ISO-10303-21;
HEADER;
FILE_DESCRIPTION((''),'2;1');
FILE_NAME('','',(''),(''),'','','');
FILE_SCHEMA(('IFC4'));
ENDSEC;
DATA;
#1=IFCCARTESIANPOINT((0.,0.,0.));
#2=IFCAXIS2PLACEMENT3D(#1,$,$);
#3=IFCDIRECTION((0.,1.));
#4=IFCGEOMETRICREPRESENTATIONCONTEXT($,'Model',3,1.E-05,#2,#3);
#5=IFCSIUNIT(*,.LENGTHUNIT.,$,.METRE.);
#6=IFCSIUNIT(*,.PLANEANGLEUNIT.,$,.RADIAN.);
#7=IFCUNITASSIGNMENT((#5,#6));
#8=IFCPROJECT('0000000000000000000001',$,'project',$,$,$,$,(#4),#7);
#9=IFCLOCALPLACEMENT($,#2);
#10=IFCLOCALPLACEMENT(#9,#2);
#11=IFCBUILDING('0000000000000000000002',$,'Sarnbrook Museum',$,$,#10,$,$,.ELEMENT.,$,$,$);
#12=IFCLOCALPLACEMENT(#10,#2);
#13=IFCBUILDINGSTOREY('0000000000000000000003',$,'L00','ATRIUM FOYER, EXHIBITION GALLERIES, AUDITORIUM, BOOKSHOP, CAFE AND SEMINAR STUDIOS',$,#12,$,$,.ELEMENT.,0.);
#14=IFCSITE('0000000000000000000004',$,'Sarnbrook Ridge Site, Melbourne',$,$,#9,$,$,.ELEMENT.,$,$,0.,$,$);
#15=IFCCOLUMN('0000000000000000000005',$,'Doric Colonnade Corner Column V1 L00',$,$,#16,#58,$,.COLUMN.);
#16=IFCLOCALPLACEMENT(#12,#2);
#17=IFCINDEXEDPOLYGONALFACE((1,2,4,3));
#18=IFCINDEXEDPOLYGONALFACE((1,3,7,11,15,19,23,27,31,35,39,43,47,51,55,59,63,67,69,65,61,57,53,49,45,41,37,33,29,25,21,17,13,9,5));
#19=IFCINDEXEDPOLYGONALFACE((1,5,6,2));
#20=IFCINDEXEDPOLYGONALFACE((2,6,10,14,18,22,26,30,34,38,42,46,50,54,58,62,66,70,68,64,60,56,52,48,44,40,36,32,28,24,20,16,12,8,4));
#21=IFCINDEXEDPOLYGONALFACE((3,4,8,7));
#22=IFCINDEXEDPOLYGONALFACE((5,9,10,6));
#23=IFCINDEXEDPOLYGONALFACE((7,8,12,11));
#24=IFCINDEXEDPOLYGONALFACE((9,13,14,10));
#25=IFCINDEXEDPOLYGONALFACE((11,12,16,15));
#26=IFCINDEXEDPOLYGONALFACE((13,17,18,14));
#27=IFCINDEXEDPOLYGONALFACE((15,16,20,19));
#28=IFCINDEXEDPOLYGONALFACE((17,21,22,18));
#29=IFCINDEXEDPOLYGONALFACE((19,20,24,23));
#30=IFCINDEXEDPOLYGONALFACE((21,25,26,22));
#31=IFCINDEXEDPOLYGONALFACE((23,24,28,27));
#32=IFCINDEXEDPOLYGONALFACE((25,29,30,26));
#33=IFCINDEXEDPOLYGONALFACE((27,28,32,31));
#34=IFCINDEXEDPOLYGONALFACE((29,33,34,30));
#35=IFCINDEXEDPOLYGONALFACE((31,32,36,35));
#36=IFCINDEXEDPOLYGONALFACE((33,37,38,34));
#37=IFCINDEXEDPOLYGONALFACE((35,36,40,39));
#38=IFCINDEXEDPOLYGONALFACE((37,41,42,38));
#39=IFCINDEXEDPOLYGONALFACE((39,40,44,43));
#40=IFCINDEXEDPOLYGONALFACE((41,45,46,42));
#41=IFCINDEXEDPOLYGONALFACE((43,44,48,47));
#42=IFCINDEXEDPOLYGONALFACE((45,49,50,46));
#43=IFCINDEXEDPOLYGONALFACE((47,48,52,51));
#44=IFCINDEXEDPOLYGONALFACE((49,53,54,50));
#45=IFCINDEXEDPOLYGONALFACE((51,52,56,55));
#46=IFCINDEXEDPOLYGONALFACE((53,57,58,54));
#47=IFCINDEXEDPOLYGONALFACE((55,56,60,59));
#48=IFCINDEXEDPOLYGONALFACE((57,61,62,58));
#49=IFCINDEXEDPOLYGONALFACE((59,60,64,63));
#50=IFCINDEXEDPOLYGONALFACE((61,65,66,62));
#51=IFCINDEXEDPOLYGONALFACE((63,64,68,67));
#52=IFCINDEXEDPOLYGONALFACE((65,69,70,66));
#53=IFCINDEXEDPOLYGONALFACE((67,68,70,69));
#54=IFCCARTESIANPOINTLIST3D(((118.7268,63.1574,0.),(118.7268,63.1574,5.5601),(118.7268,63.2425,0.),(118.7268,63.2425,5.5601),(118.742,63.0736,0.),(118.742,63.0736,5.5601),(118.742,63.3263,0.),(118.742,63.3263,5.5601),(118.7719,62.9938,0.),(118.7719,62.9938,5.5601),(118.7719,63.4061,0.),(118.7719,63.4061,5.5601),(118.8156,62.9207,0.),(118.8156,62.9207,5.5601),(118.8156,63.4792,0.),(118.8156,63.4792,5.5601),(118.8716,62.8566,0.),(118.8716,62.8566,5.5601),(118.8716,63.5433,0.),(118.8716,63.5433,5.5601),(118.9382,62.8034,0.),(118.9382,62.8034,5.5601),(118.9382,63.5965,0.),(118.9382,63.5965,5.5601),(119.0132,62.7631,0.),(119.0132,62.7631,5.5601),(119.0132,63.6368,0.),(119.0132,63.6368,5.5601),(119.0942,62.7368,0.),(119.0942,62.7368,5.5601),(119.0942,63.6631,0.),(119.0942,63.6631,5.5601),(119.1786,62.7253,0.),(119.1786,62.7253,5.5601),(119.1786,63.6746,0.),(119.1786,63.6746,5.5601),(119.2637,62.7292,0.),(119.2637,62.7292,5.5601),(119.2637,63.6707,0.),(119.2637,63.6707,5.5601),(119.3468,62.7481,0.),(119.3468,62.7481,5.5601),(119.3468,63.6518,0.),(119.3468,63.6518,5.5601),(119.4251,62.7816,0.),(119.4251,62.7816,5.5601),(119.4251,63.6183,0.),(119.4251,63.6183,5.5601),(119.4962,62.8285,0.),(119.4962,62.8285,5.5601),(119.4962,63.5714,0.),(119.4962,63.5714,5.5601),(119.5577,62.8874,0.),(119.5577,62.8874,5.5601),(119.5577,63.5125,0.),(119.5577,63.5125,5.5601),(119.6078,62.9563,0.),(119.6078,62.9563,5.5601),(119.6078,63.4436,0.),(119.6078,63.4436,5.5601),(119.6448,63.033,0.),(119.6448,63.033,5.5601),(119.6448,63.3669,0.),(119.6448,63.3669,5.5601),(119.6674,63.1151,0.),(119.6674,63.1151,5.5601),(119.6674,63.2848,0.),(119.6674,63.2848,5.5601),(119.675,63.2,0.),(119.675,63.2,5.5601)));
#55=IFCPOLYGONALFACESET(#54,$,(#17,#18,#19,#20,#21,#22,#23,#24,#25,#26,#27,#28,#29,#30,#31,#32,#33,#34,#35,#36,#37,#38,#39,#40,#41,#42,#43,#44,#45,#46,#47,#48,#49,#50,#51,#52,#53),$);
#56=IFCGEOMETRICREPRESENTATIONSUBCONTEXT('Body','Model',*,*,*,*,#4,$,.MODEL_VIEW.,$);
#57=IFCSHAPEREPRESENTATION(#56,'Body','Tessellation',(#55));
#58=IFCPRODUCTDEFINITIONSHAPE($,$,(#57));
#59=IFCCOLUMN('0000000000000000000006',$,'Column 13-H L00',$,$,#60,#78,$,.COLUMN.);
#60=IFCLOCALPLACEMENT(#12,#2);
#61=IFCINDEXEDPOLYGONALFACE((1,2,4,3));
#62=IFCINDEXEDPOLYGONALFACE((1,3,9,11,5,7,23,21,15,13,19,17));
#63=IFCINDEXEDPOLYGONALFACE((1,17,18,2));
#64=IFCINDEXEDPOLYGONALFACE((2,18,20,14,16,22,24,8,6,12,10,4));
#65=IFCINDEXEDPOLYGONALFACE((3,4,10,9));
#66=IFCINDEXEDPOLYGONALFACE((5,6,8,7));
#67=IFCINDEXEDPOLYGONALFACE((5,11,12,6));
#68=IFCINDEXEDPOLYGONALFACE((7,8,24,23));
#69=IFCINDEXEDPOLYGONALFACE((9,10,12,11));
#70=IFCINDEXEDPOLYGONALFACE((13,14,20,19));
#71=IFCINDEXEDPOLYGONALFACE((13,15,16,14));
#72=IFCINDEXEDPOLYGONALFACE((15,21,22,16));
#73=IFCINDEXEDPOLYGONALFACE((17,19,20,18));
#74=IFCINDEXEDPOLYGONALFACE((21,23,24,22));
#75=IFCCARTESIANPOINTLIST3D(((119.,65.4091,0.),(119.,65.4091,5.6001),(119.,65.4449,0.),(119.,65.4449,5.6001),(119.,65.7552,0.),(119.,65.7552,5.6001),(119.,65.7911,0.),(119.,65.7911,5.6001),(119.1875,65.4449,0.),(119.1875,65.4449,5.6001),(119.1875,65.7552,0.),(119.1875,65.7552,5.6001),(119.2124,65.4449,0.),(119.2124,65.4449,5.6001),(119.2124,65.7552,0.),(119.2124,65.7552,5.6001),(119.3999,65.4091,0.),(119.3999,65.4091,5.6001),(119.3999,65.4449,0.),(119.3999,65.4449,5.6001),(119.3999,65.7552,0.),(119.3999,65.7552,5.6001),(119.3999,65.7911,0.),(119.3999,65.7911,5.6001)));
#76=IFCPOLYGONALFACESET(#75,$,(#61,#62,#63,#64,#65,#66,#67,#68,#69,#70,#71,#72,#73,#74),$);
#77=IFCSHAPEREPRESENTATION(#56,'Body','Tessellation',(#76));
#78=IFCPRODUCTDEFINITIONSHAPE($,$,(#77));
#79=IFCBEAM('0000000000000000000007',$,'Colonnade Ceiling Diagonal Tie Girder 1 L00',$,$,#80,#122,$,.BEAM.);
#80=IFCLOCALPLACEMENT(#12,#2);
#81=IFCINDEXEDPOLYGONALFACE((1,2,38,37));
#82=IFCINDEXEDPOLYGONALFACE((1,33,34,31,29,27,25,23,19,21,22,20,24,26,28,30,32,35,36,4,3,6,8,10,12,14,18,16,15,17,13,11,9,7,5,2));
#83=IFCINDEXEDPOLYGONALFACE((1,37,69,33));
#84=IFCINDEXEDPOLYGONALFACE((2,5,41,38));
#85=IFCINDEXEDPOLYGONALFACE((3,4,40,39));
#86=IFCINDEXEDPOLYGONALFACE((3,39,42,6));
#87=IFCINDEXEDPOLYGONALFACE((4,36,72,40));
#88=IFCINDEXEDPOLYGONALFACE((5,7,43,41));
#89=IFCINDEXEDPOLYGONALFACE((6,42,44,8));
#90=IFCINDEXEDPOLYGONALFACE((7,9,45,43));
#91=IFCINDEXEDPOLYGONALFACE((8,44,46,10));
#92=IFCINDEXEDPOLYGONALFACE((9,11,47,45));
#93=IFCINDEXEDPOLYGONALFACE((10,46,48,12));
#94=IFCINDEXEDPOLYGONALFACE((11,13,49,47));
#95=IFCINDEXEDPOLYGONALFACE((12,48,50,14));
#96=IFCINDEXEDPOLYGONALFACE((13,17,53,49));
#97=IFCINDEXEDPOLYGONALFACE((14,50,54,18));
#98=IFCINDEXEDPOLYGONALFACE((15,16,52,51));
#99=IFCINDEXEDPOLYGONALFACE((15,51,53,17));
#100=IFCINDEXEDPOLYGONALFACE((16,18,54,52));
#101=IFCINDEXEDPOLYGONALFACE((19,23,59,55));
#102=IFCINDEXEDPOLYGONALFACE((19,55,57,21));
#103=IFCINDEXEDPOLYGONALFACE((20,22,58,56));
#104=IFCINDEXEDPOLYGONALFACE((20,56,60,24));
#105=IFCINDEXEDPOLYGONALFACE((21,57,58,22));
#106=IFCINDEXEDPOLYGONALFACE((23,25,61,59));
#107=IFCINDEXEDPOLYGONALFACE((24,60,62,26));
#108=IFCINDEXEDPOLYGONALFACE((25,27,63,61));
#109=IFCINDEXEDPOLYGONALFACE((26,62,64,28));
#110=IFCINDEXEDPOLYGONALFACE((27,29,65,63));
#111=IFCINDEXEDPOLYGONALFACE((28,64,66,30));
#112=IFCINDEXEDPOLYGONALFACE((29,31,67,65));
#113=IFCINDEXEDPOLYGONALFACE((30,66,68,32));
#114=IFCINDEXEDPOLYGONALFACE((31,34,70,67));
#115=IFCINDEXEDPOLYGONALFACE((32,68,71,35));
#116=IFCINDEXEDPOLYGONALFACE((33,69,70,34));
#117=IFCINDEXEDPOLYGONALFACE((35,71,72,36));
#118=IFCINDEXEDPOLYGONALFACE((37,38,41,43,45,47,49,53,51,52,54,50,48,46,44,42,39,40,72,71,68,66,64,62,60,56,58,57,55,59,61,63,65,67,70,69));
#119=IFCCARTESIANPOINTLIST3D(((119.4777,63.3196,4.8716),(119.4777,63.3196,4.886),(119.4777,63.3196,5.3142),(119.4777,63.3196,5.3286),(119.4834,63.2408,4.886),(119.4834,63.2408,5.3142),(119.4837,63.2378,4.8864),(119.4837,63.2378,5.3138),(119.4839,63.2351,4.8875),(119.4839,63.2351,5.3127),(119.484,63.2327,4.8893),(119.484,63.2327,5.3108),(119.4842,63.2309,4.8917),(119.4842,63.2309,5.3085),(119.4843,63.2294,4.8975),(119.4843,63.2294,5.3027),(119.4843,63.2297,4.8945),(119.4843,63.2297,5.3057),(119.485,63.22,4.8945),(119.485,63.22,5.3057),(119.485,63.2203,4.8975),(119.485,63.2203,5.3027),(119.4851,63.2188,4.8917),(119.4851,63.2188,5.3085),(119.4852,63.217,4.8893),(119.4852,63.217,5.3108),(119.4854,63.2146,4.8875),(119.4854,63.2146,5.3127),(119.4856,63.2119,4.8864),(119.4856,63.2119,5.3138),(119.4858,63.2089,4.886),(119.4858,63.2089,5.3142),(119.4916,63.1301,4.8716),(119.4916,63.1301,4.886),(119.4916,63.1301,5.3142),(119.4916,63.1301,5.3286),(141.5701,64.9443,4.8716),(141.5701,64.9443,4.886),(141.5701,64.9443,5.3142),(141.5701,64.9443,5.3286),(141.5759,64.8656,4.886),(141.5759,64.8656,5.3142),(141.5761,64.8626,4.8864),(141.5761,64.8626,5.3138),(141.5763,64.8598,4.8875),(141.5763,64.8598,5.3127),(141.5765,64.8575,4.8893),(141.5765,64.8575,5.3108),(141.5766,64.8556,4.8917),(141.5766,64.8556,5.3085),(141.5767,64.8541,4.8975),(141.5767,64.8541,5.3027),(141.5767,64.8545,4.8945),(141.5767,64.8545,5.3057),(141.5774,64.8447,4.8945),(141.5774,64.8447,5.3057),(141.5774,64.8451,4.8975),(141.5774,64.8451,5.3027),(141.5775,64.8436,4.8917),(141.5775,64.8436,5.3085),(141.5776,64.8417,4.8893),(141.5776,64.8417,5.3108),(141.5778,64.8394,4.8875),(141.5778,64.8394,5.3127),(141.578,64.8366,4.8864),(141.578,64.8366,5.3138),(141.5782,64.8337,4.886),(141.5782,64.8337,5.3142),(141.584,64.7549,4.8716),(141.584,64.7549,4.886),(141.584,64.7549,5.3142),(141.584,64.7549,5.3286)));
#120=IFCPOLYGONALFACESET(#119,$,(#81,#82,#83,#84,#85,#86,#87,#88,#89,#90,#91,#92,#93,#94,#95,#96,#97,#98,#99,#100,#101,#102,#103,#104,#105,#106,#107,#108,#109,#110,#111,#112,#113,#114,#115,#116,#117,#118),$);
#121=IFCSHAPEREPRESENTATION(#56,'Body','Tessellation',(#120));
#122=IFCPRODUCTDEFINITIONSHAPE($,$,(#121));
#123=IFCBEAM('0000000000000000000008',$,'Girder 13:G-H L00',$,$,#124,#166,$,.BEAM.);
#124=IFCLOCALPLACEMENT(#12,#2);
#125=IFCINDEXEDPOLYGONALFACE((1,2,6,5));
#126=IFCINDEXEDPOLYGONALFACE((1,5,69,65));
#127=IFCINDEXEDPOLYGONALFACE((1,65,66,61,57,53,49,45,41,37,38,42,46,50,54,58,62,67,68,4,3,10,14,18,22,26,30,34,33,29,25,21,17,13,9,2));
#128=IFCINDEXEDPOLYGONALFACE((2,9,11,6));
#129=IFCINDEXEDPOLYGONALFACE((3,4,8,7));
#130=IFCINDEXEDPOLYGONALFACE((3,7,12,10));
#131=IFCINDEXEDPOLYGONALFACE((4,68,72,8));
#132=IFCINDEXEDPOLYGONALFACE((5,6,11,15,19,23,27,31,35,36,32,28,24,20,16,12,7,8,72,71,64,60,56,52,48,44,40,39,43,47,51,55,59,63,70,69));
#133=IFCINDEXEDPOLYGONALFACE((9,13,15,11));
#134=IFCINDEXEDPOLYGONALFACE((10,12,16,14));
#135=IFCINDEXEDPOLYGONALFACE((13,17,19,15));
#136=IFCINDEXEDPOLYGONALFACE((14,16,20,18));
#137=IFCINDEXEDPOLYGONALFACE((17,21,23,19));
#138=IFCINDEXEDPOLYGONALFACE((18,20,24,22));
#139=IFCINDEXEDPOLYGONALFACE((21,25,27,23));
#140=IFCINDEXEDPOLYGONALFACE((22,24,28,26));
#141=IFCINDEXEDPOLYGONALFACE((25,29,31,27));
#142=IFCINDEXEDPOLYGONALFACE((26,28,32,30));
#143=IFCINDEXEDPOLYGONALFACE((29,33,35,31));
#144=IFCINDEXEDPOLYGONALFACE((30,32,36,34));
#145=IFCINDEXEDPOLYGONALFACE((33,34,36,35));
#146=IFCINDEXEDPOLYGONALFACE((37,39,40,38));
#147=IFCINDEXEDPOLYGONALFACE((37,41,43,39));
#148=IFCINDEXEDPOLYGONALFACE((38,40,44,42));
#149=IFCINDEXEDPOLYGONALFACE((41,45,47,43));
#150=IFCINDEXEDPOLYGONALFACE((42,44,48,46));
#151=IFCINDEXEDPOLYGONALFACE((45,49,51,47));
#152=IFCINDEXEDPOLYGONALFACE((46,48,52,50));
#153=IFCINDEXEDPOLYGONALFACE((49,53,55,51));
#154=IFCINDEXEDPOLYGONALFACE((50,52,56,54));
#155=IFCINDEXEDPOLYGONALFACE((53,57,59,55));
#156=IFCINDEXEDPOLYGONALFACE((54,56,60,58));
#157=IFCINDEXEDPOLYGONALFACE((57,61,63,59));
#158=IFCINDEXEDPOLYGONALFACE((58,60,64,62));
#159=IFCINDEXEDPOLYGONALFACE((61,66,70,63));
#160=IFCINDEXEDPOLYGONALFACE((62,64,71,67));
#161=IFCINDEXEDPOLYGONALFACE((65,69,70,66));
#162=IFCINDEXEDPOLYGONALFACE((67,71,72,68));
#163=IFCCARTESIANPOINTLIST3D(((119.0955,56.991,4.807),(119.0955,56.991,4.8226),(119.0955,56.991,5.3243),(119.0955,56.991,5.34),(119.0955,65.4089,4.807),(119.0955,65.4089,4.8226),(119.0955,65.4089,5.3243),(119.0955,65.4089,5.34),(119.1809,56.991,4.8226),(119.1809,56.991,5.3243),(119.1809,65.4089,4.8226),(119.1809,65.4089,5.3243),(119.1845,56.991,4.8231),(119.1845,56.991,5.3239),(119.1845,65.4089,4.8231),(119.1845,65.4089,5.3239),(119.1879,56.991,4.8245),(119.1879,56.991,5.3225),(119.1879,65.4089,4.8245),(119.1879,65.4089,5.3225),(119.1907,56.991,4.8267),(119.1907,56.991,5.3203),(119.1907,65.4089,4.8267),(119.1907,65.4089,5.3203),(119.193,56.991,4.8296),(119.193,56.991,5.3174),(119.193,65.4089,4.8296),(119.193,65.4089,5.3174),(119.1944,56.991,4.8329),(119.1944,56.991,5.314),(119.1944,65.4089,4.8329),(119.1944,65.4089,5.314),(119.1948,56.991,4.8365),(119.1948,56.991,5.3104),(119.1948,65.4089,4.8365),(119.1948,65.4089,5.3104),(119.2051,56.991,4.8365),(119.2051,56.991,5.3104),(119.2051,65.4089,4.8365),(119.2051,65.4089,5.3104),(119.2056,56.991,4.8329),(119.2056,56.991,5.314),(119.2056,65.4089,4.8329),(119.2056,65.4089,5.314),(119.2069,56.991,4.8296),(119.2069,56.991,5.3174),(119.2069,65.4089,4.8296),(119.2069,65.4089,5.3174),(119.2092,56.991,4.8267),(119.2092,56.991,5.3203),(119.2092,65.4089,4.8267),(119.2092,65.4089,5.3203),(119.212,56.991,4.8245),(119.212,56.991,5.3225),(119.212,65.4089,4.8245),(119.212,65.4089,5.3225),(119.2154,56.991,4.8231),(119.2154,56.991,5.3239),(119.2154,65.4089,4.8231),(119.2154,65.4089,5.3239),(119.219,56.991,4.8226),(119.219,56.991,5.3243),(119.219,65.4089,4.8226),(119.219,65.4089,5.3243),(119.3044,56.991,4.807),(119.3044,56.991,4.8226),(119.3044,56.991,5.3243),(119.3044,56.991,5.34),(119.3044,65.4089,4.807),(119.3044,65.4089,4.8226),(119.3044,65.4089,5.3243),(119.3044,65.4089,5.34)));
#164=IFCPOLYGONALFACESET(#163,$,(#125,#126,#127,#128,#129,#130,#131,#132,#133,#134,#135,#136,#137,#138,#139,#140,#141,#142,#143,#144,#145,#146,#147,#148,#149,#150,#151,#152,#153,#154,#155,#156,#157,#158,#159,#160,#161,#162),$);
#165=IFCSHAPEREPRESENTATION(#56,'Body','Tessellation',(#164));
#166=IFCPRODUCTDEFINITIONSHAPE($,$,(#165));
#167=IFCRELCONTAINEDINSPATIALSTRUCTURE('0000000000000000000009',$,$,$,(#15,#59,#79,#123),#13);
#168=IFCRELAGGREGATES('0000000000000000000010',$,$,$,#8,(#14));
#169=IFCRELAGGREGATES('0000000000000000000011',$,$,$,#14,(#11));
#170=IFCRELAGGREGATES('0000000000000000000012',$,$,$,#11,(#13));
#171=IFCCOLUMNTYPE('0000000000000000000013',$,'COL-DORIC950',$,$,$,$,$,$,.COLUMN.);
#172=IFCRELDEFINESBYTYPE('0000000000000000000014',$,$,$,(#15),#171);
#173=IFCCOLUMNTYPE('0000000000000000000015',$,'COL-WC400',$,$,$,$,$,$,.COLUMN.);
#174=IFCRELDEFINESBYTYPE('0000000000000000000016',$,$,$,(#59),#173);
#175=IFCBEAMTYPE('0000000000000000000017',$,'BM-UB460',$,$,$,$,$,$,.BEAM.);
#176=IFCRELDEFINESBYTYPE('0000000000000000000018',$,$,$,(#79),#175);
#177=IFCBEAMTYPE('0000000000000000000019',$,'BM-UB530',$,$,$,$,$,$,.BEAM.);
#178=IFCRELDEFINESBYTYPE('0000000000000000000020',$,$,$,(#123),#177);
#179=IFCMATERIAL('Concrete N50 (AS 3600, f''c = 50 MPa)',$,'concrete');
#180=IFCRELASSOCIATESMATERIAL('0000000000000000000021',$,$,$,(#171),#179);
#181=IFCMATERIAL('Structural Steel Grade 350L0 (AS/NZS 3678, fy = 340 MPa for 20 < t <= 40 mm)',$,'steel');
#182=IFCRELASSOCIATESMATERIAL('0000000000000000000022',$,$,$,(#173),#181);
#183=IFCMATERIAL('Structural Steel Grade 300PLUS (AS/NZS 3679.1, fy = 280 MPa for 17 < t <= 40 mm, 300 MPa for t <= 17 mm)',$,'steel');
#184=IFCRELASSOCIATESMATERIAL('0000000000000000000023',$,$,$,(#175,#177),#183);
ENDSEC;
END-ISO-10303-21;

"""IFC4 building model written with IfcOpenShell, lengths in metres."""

from ifc_helpers import new_model, si_unit, direction, frame, origin, origin_2d, place, context, subcontext, project, spatial, circle, i_section, extrude, material, material_profile, profile_set, type_object, element, save


model = new_model("IFC4")

# Units and contexts
model_context = context("Model", 3, precision=1e-05, world=origin(), true_north=direction((0.0, 1.0)))
body_context = subcontext(model_context, "Body", "Model", "MODEL_VIEW")
ifc_project = project(units=[si_unit("LENGTHUNIT", "METRE"), si_unit("PLANEANGLEUNIT", "RADIAN")], contexts=[model_context])

# Site, building, storey
site_placement = place(None, origin())
site = spatial("IfcSite", under=ifc_project, at=site_placement, Name="Sarnbrook Ridge Site, Melbourne", CompositionType="ELEMENT", RefElevation=0.0)
building_placement = place(site_placement, origin())
building = spatial("IfcBuilding", under=site, at=building_placement, Name="Sarnbrook Museum", CompositionType="ELEMENT")
storey_placement = place(building_placement, origin())
storey = spatial("IfcBuildingStorey", under=building, at=storey_placement, Name="L00", Description="ATRIUM FOYER, EXHIBITION GALLERIES, AUDITORIUM, BOOKSHOP, CAFE AND SEMINAR STUDIOS", CompositionType="ELEMENT", Elevation=0.0)

# Columns
ifc_material_1 = material(Name="Concrete N50 (AS 3600, f'c = 50 MPa)", Category="concrete")
ifc_material_profile_1 = material_profile(ifc_material_1, circle(Radius=0.4751, at=origin_2d()), Name="DORIC D950")
ifc_profile_set_1 = profile_set([ifc_material_profile_1], Name="Concrete N50 (AS 3600, f'c = 50 MPa)")
column_type_1 = type_object("IfcColumnType", Name="COL-DORIC950", PredefinedType="COLUMN", material=ifc_profile_set_1)
column_1_placement = place(storey_placement, frame((119.2, 63.2, 0.0), z_axis=(0.0, 0.0, 1.0), x_axis=(1.0, 0.0, 0.0)))
element("IfcColumn", 1, at=column_1_placement, inside=storey, type_object=column_type_1, Name="Doric Colonnade Corner Column V1 L00", PredefinedType="COLUMN", context=body_context, shape_type="SweptSolid", body=[
    extrude(circle(Radius=0.4751, at=origin_2d()), origin(), (0.0, 0.0, 1.0), 5.5601),
])
ifc_material_2 = material(Name="Structural Steel Grade 350L0 (AS/NZS 3678, fy = 340 MPa for 20 < t <= 40 mm)", Category="steel")
ifc_material_profile_2 = material_profile(ifc_material_2, i_section(OverallWidth=0.3999, OverallDepth=0.3821, WebThickness=0.0249, FlangeThickness=0.0359, at=origin_2d()), Name="400WC270")
ifc_profile_set_2 = profile_set([ifc_material_profile_2], Name="Structural Steel Grade 350L0 (AS/NZS 3678, fy = 340 MPa for 20 < t <= 40 mm)")
column_type_2 = type_object("IfcColumnType", Name="COL-WC400", PredefinedType="COLUMN", material=ifc_profile_set_2)
column_2_placement = place(storey_placement, frame((119.2, 65.6001, 0.0), z_axis=(0.0, 0.0, 1.0), x_axis=(1.0, 0.0, 0.0)))
element("IfcColumn", 2, at=column_2_placement, inside=storey, type_object=column_type_2, Name="Column 13-H L00", PredefinedType="COLUMN", context=body_context, shape_type="SweptSolid", body=[
    extrude(i_section(OverallWidth=0.3999, OverallDepth=0.3821, WebThickness=0.0249, FlangeThickness=0.0359, at=origin_2d()), origin(), (0.0, 0.0, 1.0), 5.6001),
])

# Beams
ifc_material_3 = material(Name="Structural Steel Grade 300PLUS (AS/NZS 3679.1, fy = 280 MPa for 17 < t <= 40 mm, 300 MPa for t <= 17 mm)", Category="steel")
ifc_material_profile_3 = material_profile(ifc_material_3, i_section(OverallWidth=0.1899, OverallDepth=0.457, WebThickness=0.009, FlangeThickness=0.0144, FilletRadius=0.0115, at=origin_2d()), Name="460UB74.6")
ifc_profile_set_3 = profile_set([ifc_material_profile_3], Name="Structural Steel Grade 300PLUS (AS/NZS 3679.1, fy = 280 MPa for 17 < t <= 40 mm, 300 MPa for t <= 17 mm)")
beam_type_1 = type_object("IfcBeamType", Name="BM-UB460", PredefinedType="BEAM", material=ifc_profile_set_3)
beam_1_placement = place(storey_placement, frame((119.4846, 63.2249, 5.1001), z_axis=(0.997307, 0.073345, 0.0), x_axis=(-0.073345, 0.997307, 0.0)))
element("IfcBeam", 3, at=beam_1_placement, inside=storey, type_object=beam_type_1, Name="Colonnade Ceiling Diagonal Tie Girder 1 L00", PredefinedType="BEAM", context=body_context, shape_type="SweptSolid", body=[
    extrude(i_section(OverallWidth=0.1899, OverallDepth=0.457, WebThickness=0.009, FlangeThickness=0.0144, FilletRadius=0.0115, at=origin_2d()), origin(), (0.0, 0.0, 1.0), 22.1521),
])
ifc_material_profile_4 = material_profile(ifc_material_3, i_section(OverallWidth=0.209, OverallDepth=0.533, WebThickness=0.0103, FlangeThickness=0.0156, FilletRadius=0.0139, at=origin_2d()), Name="530UB92.4")
ifc_profile_set_4 = profile_set([ifc_material_profile_4], Name="Structural Steel Grade 300PLUS (AS/NZS 3679.1, fy = 280 MPa for 17 < t <= 40 mm, 300 MPa for t <= 17 mm)")
beam_type_2 = type_object("IfcBeamType", Name="BM-UB530", PredefinedType="BEAM", material=ifc_profile_set_4)
for number, where, z_axis, x_axis, name in (
    (4, (119.2, 56.991, 5.0735), (0.0, 1.0, 0.0), (-1.0, 0.0, 0.0), "Girder 13:G-H L00"),
):
    element("IfcBeam", number, at=place(storey_placement, frame(where, z_axis=z_axis, x_axis=x_axis)), inside=storey, type_object=beam_type_2, Name=name, PredefinedType="BEAM", context=body_context, shape_type="SweptSolid", body=[
        extrude(i_section(OverallWidth=0.209, OverallDepth=0.533, WebThickness=0.0103, FlangeThickness=0.0156, FilletRadius=0.0139, at=origin_2d()), origin(), (0.0, 0.0, 1.0), 8.418),
    ])

save(model, "model.ifc")
